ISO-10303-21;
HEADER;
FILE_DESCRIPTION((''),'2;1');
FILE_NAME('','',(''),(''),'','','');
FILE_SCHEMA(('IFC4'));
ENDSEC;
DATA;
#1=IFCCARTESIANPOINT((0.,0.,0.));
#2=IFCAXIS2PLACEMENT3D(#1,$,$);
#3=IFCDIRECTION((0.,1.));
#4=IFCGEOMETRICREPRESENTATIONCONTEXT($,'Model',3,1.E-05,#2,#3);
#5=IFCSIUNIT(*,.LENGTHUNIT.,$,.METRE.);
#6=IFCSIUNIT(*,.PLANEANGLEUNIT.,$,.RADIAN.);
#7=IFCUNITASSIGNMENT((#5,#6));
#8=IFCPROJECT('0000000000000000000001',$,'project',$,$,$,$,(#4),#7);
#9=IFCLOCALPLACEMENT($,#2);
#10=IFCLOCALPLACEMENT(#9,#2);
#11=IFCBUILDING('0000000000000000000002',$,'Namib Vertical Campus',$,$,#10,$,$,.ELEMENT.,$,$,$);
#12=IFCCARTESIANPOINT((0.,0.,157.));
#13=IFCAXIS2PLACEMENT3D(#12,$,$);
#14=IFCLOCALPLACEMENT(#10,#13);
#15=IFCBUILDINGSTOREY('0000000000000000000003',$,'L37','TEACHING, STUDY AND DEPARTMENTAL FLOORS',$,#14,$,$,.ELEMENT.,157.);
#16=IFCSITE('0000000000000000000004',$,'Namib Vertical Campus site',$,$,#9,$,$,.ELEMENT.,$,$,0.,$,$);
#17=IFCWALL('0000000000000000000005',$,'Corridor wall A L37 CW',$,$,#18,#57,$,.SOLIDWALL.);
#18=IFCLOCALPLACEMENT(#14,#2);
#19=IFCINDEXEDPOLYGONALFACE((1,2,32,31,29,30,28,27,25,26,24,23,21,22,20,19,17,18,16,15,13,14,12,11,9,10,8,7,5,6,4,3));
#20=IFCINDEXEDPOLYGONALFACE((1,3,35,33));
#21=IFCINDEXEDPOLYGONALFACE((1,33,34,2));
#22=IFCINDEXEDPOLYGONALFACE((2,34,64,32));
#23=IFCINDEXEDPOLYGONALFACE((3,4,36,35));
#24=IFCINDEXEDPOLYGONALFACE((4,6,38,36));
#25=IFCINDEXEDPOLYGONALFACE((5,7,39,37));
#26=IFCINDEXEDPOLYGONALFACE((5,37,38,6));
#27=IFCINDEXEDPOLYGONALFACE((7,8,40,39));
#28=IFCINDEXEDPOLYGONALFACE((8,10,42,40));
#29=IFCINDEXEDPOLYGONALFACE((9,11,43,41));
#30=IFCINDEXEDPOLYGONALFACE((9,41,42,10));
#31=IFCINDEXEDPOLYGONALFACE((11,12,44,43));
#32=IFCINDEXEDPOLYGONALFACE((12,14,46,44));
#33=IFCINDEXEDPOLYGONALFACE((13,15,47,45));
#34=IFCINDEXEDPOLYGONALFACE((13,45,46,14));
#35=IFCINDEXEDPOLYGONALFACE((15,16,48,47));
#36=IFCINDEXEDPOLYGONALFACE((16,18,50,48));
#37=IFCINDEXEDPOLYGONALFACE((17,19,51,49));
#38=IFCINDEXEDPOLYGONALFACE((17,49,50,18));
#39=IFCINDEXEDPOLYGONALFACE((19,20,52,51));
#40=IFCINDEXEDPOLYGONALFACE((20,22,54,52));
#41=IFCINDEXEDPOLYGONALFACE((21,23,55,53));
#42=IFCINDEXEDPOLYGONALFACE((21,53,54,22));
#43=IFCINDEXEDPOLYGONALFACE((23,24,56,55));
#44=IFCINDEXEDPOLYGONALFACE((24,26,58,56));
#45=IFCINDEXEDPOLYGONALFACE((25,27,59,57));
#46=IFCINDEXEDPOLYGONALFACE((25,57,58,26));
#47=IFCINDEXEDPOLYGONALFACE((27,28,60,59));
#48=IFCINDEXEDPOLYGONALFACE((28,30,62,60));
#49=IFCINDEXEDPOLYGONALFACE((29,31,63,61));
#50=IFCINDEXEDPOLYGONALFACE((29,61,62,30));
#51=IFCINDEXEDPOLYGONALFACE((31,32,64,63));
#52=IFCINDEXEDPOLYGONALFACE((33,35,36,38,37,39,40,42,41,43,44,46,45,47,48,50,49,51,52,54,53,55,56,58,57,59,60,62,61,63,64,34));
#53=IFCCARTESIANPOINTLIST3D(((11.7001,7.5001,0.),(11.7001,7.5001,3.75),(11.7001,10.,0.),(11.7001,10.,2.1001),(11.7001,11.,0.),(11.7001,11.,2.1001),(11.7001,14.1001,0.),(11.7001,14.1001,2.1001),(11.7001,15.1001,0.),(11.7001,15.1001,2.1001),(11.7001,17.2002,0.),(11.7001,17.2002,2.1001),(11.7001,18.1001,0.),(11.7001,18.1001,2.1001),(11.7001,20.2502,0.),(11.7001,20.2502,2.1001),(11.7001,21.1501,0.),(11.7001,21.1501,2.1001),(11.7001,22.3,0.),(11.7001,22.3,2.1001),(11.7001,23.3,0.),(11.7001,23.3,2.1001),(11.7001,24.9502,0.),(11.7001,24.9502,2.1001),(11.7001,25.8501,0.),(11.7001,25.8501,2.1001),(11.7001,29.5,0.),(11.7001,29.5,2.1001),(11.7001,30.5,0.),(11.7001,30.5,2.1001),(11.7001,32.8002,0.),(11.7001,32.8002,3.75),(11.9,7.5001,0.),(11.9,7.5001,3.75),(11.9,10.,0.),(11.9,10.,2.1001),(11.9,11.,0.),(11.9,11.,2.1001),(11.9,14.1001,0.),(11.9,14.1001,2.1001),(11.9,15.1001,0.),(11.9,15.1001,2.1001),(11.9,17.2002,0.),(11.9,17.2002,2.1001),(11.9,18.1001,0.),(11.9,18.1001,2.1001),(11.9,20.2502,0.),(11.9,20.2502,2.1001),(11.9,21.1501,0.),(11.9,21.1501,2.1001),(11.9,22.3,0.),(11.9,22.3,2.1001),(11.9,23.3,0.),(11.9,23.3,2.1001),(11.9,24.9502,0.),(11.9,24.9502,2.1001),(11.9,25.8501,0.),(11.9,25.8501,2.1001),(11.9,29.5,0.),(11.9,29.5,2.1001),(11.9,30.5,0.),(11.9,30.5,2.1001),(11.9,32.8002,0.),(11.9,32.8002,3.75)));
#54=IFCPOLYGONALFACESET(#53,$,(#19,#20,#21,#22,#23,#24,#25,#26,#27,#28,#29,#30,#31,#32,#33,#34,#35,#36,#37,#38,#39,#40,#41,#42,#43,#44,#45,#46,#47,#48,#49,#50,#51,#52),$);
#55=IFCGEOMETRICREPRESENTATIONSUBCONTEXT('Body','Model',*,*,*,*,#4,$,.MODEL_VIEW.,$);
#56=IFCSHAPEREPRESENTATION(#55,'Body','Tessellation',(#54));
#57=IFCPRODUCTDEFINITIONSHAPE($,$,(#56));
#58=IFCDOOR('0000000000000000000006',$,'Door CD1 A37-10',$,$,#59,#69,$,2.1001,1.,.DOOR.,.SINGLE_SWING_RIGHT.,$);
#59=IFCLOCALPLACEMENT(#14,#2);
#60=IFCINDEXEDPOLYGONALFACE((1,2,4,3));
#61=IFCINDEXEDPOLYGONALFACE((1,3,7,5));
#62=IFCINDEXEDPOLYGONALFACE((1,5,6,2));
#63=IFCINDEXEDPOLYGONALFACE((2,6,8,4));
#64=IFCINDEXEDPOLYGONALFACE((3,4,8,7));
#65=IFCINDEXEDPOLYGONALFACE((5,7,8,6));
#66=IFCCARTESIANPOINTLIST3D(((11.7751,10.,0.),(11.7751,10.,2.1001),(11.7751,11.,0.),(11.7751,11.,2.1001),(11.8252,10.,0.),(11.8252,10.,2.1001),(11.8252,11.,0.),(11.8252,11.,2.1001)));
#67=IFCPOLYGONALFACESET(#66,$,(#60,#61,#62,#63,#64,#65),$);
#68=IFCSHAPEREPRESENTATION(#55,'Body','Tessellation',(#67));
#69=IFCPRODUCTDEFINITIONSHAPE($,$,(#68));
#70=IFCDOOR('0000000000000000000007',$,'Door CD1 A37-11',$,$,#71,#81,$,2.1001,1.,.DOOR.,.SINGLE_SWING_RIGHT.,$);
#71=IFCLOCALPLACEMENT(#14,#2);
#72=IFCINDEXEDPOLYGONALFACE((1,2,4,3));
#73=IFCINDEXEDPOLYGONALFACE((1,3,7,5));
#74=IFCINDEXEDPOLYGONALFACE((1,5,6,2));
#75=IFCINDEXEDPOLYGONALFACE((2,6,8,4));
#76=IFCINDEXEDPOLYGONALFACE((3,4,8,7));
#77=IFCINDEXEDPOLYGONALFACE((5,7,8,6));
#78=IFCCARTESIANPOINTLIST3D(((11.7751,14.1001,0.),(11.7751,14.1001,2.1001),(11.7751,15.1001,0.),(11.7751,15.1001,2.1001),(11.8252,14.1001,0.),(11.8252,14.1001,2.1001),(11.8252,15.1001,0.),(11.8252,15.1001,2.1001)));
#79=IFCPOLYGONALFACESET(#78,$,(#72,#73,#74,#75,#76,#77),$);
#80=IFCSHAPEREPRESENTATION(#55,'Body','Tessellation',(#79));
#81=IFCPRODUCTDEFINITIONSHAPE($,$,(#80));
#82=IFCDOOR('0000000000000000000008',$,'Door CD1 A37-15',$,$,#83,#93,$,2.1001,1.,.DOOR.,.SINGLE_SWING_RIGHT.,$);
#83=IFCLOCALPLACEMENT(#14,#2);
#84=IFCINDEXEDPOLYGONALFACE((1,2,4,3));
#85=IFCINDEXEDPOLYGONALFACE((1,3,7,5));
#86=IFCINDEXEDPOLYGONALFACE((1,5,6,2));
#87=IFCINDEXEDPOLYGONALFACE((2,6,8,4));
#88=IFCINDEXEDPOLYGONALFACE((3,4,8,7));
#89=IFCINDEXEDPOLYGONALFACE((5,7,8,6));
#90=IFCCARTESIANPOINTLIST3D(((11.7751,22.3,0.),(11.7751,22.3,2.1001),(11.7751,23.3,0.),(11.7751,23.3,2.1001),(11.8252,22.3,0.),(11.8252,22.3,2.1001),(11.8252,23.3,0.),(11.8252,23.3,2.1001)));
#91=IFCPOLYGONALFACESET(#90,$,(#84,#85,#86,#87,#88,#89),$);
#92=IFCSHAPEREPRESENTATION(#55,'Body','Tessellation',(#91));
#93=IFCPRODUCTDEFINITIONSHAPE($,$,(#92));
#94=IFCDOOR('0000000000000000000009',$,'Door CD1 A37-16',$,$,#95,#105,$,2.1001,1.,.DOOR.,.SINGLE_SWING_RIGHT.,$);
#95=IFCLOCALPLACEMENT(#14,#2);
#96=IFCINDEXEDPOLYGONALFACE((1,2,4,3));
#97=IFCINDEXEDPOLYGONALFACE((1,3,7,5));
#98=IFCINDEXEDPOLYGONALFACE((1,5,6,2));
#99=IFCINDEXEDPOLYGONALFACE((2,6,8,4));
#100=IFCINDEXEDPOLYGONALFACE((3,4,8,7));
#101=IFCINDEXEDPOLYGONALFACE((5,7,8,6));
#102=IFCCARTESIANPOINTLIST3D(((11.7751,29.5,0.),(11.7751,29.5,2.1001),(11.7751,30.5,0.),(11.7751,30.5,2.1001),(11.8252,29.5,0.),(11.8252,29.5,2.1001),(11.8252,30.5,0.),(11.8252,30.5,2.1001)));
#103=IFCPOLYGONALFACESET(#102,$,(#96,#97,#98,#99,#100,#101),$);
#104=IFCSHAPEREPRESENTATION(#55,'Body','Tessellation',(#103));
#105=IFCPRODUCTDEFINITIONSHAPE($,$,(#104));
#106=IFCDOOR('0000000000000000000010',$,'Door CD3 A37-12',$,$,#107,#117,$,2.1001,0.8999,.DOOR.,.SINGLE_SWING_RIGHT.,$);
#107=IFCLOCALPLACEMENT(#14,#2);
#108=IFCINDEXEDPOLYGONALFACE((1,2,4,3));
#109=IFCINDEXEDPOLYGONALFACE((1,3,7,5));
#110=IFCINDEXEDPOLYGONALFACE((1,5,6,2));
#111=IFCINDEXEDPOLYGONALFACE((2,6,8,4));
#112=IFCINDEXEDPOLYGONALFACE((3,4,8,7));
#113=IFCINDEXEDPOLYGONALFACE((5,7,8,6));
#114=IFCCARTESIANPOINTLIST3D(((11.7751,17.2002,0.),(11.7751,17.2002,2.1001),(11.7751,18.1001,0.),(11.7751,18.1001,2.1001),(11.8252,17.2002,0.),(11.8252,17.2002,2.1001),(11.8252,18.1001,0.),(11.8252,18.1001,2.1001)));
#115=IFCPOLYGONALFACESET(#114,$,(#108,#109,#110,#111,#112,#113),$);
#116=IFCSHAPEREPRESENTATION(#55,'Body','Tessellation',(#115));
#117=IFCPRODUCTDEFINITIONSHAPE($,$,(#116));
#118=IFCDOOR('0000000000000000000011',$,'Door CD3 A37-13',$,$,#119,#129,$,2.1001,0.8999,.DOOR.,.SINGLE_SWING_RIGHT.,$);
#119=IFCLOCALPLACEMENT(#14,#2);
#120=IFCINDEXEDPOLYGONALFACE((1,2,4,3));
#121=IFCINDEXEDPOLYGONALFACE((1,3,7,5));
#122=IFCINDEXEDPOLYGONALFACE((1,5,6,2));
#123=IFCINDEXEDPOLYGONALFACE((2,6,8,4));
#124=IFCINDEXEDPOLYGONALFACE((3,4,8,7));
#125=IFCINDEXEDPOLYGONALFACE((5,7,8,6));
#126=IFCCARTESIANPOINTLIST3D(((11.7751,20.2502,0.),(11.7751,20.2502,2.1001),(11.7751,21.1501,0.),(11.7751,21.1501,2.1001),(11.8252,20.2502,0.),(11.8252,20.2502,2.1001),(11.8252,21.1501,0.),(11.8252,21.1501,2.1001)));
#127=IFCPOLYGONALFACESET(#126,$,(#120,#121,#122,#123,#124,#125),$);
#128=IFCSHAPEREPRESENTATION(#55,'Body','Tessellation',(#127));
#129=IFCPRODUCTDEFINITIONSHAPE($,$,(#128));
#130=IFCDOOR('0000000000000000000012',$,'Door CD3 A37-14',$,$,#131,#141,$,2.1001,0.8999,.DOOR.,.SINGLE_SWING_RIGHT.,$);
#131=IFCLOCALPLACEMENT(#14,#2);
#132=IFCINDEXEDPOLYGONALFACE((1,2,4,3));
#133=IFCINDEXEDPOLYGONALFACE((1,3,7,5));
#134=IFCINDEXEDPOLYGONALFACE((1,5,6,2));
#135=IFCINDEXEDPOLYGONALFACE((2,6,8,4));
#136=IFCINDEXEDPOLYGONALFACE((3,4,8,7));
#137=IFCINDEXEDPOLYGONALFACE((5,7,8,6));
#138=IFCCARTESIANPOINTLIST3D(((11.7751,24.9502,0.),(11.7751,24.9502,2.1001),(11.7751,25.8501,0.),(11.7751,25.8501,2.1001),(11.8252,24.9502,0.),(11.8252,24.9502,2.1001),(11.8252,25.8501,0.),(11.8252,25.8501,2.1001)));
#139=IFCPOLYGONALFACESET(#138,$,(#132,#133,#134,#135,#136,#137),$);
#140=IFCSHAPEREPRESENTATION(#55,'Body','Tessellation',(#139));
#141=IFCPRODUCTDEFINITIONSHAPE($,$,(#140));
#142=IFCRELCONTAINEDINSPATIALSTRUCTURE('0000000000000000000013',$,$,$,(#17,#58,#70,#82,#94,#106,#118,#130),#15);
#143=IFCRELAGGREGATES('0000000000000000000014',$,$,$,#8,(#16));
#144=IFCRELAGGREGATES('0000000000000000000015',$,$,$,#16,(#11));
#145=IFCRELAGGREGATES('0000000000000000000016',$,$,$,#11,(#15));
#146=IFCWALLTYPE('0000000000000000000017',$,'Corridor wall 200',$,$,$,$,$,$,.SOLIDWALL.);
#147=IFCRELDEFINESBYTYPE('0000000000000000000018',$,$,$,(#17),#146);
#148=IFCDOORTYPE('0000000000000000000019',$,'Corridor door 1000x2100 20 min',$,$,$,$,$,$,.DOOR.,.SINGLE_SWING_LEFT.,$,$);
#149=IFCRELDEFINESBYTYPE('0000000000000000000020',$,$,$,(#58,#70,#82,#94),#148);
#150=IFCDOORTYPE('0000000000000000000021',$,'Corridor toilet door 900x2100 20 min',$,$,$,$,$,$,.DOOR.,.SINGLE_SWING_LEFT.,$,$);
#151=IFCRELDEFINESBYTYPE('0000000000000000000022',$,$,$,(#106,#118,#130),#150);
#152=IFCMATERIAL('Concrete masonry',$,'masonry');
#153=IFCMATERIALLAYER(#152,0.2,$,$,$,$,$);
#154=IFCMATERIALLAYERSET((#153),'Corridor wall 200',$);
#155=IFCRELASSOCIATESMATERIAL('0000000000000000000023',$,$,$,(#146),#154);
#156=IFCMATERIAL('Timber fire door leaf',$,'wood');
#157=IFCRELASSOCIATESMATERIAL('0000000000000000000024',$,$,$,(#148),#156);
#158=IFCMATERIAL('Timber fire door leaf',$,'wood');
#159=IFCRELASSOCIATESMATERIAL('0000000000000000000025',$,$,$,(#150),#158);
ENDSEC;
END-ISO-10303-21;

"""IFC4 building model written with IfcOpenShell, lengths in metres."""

from ifc_helpers import new_model, si_unit, direction, frame, frame_2d, origin, place, context, subcontext, project, spatial, rectangle, extrude, material, layer, layer_set, type_object, element, fill, save


model = new_model("IFC4")

# Units and contexts
model_context = context("Model", 3, precision=1e-05, world=origin(), true_north=direction((0.0, 1.0)))
body_context = subcontext(model_context, "Body", "Model", "MODEL_VIEW")
ifc_project = project(units=[si_unit("LENGTHUNIT", "METRE"), si_unit("PLANEANGLEUNIT", "RADIAN")], contexts=[model_context])

# Site, building, storey
site_placement = place(None, origin())
site = spatial("IfcSite", under=ifc_project, at=site_placement, Name="Namib Vertical Campus site", CompositionType="ELEMENT", RefElevation=0.0)
building_placement = place(site_placement, origin())
building = spatial("IfcBuilding", under=site, at=building_placement, Name="Namib Vertical Campus", CompositionType="ELEMENT")
storey_placement = place(building_placement, frame((0.0, 0.0, 157.0)))
storey = spatial("IfcBuildingStorey", under=building, at=storey_placement, Name="L37", Description="TEACHING, STUDY AND DEPARTMENTAL FLOORS", CompositionType="ELEMENT", Elevation=157.0)

# Wall, openings, doors
ifc_material_1 = material(Name="Concrete masonry", Category="masonry")
ifc_layer_1 = layer(ifc_material_1, 0.2)
ifc_layer_set_1 = layer_set([ifc_layer_1], Name="Corridor wall 200")
wall_type_1 = type_object("IfcWallType", Name="Corridor wall 200", PredefinedType="SOLIDWALL", material=ifc_layer_set_1)
wall_1_placement = place(storey_placement, frame((11.8, 32.8, 0.0), z_axis=(0.0, 0.0, 1.0), x_axis=(0.0, -1.0, 0.0)))
wall_1 = element("IfcWall", 1, at=wall_1_placement, inside=storey, type_object=wall_type_1, Name="Corridor wall A L37 CW", PredefinedType="SOLIDWALL", context=body_context, shape_type="SweptSolid", body=[
    extrude(rectangle(XDim=25.3, YDim=0.2, at=frame_2d((12.6499, 0.0))), origin(), (0.0, 0.0, 1.0), 3.75),
])
opening_1_placement = place(wall_1_placement, frame((21.8, 0.0, 0.0)))
opening_1 = element("IfcOpeningElement", 2, at=opening_1_placement, cuts=wall_1, PredefinedType="OPENING", context=body_context, shape_type="SweptSolid", body=[
    extrude(rectangle(XDim=1.0, YDim=2.1001, at=frame_2d((0.5, 1.05))), frame((0.0, 0.1099, 0.0), z_axis=(0.0, -1.0, 0.0), x_axis=(1.0, 0.0, 0.0)), (0.0, 0.0, 1.0), 0.22),
])
opening_2_placement = place(wall_1_placement, frame((17.7, 0.0, 0.0)))
opening_2 = element("IfcOpeningElement", 3, at=opening_2_placement, cuts=wall_1, PredefinedType="OPENING", context=body_context, shape_type="SweptSolid", body=[
    extrude(rectangle(XDim=1.0, YDim=2.1001, at=frame_2d((0.5, 1.05))), frame((0.0, 0.1099, 0.0), z_axis=(0.0, -1.0, 0.0), x_axis=(1.0, 0.0, 0.0)), (0.0, 0.0, 1.0), 0.22),
])
opening_3_placement = place(wall_1_placement, frame((14.7, 0.0, 0.0)))
opening_3 = element("IfcOpeningElement", 4, at=opening_3_placement, cuts=wall_1, PredefinedType="OPENING", context=body_context, shape_type="SweptSolid", body=[
    extrude(rectangle(XDim=0.8999, YDim=2.1001, at=frame_2d((0.45, 1.05))), frame((0.0, 0.1099, 0.0), z_axis=(0.0, -1.0, 0.0), x_axis=(1.0, 0.0, 0.0)), (0.0, 0.0, 1.0), 0.22),
])
opening_4_placement = place(wall_1_placement, frame((11.6499, 0.0, 0.0)))
opening_4 = element("IfcOpeningElement", 5, at=opening_4_placement, cuts=wall_1, PredefinedType="OPENING", context=body_context, shape_type="SweptSolid", body=[
    extrude(rectangle(XDim=0.8999, YDim=2.1001, at=frame_2d((0.45, 1.05))), frame((0.0, 0.1099, 0.0), z_axis=(0.0, -1.0, 0.0), x_axis=(1.0, 0.0, 0.0)), (0.0, 0.0, 1.0), 0.22),
])
opening_5_placement = place(wall_1_placement, frame((6.95, 0.0, 0.0)))
opening_5 = element("IfcOpeningElement", 6, at=opening_5_placement, cuts=wall_1, PredefinedType="OPENING", context=body_context, shape_type="SweptSolid", body=[
    extrude(rectangle(XDim=0.8999, YDim=2.1001, at=frame_2d((0.45, 1.05))), frame((0.0, 0.1099, 0.0), z_axis=(0.0, -1.0, 0.0), x_axis=(1.0, 0.0, 0.0)), (0.0, 0.0, 1.0), 0.22),
])
opening_6_placement = place(wall_1_placement, frame((9.5, 0.0, 0.0)))
opening_6 = element("IfcOpeningElement", 7, at=opening_6_placement, cuts=wall_1, PredefinedType="OPENING", context=body_context, shape_type="SweptSolid", body=[
    extrude(rectangle(XDim=1.0, YDim=2.1001, at=frame_2d((0.5, 1.05))), frame((0.0, 0.1099, 0.0), z_axis=(0.0, -1.0, 0.0), x_axis=(1.0, 0.0, 0.0)), (0.0, 0.0, 1.0), 0.22),
])
opening_7_placement = place(wall_1_placement, frame((2.3, 0.0, 0.0)))
opening_7 = element("IfcOpeningElement", 8, at=opening_7_placement, cuts=wall_1, PredefinedType="OPENING", context=body_context, shape_type="SweptSolid", body=[
    extrude(rectangle(XDim=1.0, YDim=2.1001, at=frame_2d((0.5, 1.05))), frame((0.0, 0.1099, 0.0), z_axis=(0.0, -1.0, 0.0), x_axis=(1.0, 0.0, 0.0)), (0.0, 0.0, 1.0), 0.22),
])
ifc_material_2 = material(Name="Timber fire door leaf", Category="wood")
door_type_1 = type_object("IfcDoorType", Name="Corridor door 1000x2100 20 min", OperationType="SINGLE_SWING_LEFT", PredefinedType="DOOR", material=ifc_material_2)
door_1_placement = place(opening_1_placement, frame((1.0, 0.0, 0.0), z_axis=(0.0, 0.0, 1.0), x_axis=(-1.0, 0.0, 0.0)))
door_1 = element("IfcDoor", 9, at=door_1_placement, inside=storey, type_object=door_type_1, Name="Door CD1 A37-10", OperationType="SINGLE_SWING_RIGHT", OverallHeight=2.1001, OverallWidth=1.0, PredefinedType="DOOR", context=body_context, shape_type="SweptSolid", body=[
    extrude(rectangle(XDim=1.0, YDim=2.1001, at=frame_2d((0.5, 1.05))), frame((0.0, 0.0249, 0.0), z_axis=(0.0, -1.0, 0.0), x_axis=(1.0, 0.0, 0.0)), (0.0, 0.0, 1.0), 0.05),
])
fill(opening_1, door_1)
door_2_placement = place(opening_2_placement, frame((1.0, 0.0, 0.0), z_axis=(0.0, 0.0, 1.0), x_axis=(-1.0, 0.0, 0.0)))
door_2 = element("IfcDoor", 10, at=door_2_placement, inside=storey, type_object=door_type_1, Name="Door CD1 A37-11", OperationType="SINGLE_SWING_RIGHT", OverallHeight=2.1001, OverallWidth=1.0, PredefinedType="DOOR", context=body_context, shape_type="SweptSolid", body=[
    extrude(rectangle(XDim=1.0, YDim=2.1001, at=frame_2d((0.5, 1.05))), frame((0.0, 0.0249, 0.0), z_axis=(0.0, -1.0, 0.0), x_axis=(1.0, 0.0, 0.0)), (0.0, 0.0, 1.0), 0.05),
])
fill(opening_2, door_2)
door_3_placement = place(opening_6_placement, frame((1.0, 0.0, 0.0), z_axis=(0.0, 0.0, 1.0), x_axis=(-1.0, 0.0, 0.0)))
door_3 = element("IfcDoor", 11, at=door_3_placement, inside=storey, type_object=door_type_1, Name="Door CD1 A37-15", OperationType="SINGLE_SWING_RIGHT", OverallHeight=2.1001, OverallWidth=1.0, PredefinedType="DOOR", context=body_context, shape_type="SweptSolid", body=[
    extrude(rectangle(XDim=1.0, YDim=2.1001, at=frame_2d((0.5, 1.05))), frame((0.0, 0.0249, 0.0), z_axis=(0.0, -1.0, 0.0), x_axis=(1.0, 0.0, 0.0)), (0.0, 0.0, 1.0), 0.05),
])
fill(opening_6, door_3)
door_4_placement = place(opening_7_placement, frame((1.0, 0.0, 0.0), z_axis=(0.0, 0.0, 1.0), x_axis=(-1.0, 0.0, 0.0)))
door_4 = element("IfcDoor", 12, at=door_4_placement, inside=storey, type_object=door_type_1, Name="Door CD1 A37-16", OperationType="SINGLE_SWING_RIGHT", OverallHeight=2.1001, OverallWidth=1.0, PredefinedType="DOOR", context=body_context, shape_type="SweptSolid", body=[
    extrude(rectangle(XDim=1.0, YDim=2.1001, at=frame_2d((0.5, 1.05))), frame((0.0, 0.0249, 0.0), z_axis=(0.0, -1.0, 0.0), x_axis=(1.0, 0.0, 0.0)), (0.0, 0.0, 1.0), 0.05),
])
fill(opening_7, door_4)
ifc_material_3 = material(Name="Timber fire door leaf", Category="wood")
door_type_2 = type_object("IfcDoorType", Name="Corridor toilet door 900x2100 20 min", OperationType="SINGLE_SWING_LEFT", PredefinedType="DOOR", material=ifc_material_3)
door_5_placement = place(opening_3_placement, frame((0.8999, 0.0, 0.0), z_axis=(0.0, 0.0, 1.0), x_axis=(-1.0, 0.0, 0.0)))
door_5 = element("IfcDoor", 13, at=door_5_placement, inside=storey, type_object=door_type_2, Name="Door CD3 A37-12", OperationType="SINGLE_SWING_RIGHT", OverallHeight=2.1001, OverallWidth=0.8999, PredefinedType="DOOR", context=body_context, shape_type="SweptSolid", body=[
    extrude(rectangle(XDim=0.8999, YDim=2.1001, at=frame_2d((0.45, 1.05))), frame((0.0, 0.0249, 0.0), z_axis=(0.0, -1.0, 0.0), x_axis=(1.0, 0.0, 0.0)), (0.0, 0.0, 1.0), 0.05),
])
fill(opening_3, door_5)
door_6_placement = place(opening_4_placement, frame((0.8999, 0.0, 0.0), z_axis=(0.0, 0.0, 1.0), x_axis=(-1.0, 0.0, 0.0)))
door_6 = element("IfcDoor", 14, at=door_6_placement, inside=storey, type_object=door_type_2, Name="Door CD3 A37-13", OperationType="SINGLE_SWING_RIGHT", OverallHeight=2.1001, OverallWidth=0.8999, PredefinedType="DOOR", context=body_context, shape_type="SweptSolid", body=[
    extrude(rectangle(XDim=0.8999, YDim=2.1001, at=frame_2d((0.45, 1.05))), frame((0.0, 0.0249, 0.0), z_axis=(0.0, -1.0, 0.0), x_axis=(1.0, 0.0, 0.0)), (0.0, 0.0, 1.0), 0.05),
])
fill(opening_4, door_6)
door_7_placement = place(opening_5_placement, frame((0.8999, 0.0, 0.0), z_axis=(0.0, 0.0, 1.0), x_axis=(-1.0, 0.0, 0.0)))
door_7 = element("IfcDoor", 15, at=door_7_placement, inside=storey, type_object=door_type_2, Name="Door CD3 A37-14", OperationType="SINGLE_SWING_RIGHT", OverallHeight=2.1001, OverallWidth=0.8999, PredefinedType="DOOR", context=body_context, shape_type="SweptSolid", body=[
    extrude(rectangle(XDim=0.8999, YDim=2.1001, at=frame_2d((0.45, 1.05))), frame((0.0, 0.0249, 0.0), z_axis=(0.0, -1.0, 0.0), x_axis=(1.0, 0.0, 0.0)), (0.0, 0.0, 1.0), 0.05),
])
fill(opening_5, door_7)

save(model, "model.ifc")
